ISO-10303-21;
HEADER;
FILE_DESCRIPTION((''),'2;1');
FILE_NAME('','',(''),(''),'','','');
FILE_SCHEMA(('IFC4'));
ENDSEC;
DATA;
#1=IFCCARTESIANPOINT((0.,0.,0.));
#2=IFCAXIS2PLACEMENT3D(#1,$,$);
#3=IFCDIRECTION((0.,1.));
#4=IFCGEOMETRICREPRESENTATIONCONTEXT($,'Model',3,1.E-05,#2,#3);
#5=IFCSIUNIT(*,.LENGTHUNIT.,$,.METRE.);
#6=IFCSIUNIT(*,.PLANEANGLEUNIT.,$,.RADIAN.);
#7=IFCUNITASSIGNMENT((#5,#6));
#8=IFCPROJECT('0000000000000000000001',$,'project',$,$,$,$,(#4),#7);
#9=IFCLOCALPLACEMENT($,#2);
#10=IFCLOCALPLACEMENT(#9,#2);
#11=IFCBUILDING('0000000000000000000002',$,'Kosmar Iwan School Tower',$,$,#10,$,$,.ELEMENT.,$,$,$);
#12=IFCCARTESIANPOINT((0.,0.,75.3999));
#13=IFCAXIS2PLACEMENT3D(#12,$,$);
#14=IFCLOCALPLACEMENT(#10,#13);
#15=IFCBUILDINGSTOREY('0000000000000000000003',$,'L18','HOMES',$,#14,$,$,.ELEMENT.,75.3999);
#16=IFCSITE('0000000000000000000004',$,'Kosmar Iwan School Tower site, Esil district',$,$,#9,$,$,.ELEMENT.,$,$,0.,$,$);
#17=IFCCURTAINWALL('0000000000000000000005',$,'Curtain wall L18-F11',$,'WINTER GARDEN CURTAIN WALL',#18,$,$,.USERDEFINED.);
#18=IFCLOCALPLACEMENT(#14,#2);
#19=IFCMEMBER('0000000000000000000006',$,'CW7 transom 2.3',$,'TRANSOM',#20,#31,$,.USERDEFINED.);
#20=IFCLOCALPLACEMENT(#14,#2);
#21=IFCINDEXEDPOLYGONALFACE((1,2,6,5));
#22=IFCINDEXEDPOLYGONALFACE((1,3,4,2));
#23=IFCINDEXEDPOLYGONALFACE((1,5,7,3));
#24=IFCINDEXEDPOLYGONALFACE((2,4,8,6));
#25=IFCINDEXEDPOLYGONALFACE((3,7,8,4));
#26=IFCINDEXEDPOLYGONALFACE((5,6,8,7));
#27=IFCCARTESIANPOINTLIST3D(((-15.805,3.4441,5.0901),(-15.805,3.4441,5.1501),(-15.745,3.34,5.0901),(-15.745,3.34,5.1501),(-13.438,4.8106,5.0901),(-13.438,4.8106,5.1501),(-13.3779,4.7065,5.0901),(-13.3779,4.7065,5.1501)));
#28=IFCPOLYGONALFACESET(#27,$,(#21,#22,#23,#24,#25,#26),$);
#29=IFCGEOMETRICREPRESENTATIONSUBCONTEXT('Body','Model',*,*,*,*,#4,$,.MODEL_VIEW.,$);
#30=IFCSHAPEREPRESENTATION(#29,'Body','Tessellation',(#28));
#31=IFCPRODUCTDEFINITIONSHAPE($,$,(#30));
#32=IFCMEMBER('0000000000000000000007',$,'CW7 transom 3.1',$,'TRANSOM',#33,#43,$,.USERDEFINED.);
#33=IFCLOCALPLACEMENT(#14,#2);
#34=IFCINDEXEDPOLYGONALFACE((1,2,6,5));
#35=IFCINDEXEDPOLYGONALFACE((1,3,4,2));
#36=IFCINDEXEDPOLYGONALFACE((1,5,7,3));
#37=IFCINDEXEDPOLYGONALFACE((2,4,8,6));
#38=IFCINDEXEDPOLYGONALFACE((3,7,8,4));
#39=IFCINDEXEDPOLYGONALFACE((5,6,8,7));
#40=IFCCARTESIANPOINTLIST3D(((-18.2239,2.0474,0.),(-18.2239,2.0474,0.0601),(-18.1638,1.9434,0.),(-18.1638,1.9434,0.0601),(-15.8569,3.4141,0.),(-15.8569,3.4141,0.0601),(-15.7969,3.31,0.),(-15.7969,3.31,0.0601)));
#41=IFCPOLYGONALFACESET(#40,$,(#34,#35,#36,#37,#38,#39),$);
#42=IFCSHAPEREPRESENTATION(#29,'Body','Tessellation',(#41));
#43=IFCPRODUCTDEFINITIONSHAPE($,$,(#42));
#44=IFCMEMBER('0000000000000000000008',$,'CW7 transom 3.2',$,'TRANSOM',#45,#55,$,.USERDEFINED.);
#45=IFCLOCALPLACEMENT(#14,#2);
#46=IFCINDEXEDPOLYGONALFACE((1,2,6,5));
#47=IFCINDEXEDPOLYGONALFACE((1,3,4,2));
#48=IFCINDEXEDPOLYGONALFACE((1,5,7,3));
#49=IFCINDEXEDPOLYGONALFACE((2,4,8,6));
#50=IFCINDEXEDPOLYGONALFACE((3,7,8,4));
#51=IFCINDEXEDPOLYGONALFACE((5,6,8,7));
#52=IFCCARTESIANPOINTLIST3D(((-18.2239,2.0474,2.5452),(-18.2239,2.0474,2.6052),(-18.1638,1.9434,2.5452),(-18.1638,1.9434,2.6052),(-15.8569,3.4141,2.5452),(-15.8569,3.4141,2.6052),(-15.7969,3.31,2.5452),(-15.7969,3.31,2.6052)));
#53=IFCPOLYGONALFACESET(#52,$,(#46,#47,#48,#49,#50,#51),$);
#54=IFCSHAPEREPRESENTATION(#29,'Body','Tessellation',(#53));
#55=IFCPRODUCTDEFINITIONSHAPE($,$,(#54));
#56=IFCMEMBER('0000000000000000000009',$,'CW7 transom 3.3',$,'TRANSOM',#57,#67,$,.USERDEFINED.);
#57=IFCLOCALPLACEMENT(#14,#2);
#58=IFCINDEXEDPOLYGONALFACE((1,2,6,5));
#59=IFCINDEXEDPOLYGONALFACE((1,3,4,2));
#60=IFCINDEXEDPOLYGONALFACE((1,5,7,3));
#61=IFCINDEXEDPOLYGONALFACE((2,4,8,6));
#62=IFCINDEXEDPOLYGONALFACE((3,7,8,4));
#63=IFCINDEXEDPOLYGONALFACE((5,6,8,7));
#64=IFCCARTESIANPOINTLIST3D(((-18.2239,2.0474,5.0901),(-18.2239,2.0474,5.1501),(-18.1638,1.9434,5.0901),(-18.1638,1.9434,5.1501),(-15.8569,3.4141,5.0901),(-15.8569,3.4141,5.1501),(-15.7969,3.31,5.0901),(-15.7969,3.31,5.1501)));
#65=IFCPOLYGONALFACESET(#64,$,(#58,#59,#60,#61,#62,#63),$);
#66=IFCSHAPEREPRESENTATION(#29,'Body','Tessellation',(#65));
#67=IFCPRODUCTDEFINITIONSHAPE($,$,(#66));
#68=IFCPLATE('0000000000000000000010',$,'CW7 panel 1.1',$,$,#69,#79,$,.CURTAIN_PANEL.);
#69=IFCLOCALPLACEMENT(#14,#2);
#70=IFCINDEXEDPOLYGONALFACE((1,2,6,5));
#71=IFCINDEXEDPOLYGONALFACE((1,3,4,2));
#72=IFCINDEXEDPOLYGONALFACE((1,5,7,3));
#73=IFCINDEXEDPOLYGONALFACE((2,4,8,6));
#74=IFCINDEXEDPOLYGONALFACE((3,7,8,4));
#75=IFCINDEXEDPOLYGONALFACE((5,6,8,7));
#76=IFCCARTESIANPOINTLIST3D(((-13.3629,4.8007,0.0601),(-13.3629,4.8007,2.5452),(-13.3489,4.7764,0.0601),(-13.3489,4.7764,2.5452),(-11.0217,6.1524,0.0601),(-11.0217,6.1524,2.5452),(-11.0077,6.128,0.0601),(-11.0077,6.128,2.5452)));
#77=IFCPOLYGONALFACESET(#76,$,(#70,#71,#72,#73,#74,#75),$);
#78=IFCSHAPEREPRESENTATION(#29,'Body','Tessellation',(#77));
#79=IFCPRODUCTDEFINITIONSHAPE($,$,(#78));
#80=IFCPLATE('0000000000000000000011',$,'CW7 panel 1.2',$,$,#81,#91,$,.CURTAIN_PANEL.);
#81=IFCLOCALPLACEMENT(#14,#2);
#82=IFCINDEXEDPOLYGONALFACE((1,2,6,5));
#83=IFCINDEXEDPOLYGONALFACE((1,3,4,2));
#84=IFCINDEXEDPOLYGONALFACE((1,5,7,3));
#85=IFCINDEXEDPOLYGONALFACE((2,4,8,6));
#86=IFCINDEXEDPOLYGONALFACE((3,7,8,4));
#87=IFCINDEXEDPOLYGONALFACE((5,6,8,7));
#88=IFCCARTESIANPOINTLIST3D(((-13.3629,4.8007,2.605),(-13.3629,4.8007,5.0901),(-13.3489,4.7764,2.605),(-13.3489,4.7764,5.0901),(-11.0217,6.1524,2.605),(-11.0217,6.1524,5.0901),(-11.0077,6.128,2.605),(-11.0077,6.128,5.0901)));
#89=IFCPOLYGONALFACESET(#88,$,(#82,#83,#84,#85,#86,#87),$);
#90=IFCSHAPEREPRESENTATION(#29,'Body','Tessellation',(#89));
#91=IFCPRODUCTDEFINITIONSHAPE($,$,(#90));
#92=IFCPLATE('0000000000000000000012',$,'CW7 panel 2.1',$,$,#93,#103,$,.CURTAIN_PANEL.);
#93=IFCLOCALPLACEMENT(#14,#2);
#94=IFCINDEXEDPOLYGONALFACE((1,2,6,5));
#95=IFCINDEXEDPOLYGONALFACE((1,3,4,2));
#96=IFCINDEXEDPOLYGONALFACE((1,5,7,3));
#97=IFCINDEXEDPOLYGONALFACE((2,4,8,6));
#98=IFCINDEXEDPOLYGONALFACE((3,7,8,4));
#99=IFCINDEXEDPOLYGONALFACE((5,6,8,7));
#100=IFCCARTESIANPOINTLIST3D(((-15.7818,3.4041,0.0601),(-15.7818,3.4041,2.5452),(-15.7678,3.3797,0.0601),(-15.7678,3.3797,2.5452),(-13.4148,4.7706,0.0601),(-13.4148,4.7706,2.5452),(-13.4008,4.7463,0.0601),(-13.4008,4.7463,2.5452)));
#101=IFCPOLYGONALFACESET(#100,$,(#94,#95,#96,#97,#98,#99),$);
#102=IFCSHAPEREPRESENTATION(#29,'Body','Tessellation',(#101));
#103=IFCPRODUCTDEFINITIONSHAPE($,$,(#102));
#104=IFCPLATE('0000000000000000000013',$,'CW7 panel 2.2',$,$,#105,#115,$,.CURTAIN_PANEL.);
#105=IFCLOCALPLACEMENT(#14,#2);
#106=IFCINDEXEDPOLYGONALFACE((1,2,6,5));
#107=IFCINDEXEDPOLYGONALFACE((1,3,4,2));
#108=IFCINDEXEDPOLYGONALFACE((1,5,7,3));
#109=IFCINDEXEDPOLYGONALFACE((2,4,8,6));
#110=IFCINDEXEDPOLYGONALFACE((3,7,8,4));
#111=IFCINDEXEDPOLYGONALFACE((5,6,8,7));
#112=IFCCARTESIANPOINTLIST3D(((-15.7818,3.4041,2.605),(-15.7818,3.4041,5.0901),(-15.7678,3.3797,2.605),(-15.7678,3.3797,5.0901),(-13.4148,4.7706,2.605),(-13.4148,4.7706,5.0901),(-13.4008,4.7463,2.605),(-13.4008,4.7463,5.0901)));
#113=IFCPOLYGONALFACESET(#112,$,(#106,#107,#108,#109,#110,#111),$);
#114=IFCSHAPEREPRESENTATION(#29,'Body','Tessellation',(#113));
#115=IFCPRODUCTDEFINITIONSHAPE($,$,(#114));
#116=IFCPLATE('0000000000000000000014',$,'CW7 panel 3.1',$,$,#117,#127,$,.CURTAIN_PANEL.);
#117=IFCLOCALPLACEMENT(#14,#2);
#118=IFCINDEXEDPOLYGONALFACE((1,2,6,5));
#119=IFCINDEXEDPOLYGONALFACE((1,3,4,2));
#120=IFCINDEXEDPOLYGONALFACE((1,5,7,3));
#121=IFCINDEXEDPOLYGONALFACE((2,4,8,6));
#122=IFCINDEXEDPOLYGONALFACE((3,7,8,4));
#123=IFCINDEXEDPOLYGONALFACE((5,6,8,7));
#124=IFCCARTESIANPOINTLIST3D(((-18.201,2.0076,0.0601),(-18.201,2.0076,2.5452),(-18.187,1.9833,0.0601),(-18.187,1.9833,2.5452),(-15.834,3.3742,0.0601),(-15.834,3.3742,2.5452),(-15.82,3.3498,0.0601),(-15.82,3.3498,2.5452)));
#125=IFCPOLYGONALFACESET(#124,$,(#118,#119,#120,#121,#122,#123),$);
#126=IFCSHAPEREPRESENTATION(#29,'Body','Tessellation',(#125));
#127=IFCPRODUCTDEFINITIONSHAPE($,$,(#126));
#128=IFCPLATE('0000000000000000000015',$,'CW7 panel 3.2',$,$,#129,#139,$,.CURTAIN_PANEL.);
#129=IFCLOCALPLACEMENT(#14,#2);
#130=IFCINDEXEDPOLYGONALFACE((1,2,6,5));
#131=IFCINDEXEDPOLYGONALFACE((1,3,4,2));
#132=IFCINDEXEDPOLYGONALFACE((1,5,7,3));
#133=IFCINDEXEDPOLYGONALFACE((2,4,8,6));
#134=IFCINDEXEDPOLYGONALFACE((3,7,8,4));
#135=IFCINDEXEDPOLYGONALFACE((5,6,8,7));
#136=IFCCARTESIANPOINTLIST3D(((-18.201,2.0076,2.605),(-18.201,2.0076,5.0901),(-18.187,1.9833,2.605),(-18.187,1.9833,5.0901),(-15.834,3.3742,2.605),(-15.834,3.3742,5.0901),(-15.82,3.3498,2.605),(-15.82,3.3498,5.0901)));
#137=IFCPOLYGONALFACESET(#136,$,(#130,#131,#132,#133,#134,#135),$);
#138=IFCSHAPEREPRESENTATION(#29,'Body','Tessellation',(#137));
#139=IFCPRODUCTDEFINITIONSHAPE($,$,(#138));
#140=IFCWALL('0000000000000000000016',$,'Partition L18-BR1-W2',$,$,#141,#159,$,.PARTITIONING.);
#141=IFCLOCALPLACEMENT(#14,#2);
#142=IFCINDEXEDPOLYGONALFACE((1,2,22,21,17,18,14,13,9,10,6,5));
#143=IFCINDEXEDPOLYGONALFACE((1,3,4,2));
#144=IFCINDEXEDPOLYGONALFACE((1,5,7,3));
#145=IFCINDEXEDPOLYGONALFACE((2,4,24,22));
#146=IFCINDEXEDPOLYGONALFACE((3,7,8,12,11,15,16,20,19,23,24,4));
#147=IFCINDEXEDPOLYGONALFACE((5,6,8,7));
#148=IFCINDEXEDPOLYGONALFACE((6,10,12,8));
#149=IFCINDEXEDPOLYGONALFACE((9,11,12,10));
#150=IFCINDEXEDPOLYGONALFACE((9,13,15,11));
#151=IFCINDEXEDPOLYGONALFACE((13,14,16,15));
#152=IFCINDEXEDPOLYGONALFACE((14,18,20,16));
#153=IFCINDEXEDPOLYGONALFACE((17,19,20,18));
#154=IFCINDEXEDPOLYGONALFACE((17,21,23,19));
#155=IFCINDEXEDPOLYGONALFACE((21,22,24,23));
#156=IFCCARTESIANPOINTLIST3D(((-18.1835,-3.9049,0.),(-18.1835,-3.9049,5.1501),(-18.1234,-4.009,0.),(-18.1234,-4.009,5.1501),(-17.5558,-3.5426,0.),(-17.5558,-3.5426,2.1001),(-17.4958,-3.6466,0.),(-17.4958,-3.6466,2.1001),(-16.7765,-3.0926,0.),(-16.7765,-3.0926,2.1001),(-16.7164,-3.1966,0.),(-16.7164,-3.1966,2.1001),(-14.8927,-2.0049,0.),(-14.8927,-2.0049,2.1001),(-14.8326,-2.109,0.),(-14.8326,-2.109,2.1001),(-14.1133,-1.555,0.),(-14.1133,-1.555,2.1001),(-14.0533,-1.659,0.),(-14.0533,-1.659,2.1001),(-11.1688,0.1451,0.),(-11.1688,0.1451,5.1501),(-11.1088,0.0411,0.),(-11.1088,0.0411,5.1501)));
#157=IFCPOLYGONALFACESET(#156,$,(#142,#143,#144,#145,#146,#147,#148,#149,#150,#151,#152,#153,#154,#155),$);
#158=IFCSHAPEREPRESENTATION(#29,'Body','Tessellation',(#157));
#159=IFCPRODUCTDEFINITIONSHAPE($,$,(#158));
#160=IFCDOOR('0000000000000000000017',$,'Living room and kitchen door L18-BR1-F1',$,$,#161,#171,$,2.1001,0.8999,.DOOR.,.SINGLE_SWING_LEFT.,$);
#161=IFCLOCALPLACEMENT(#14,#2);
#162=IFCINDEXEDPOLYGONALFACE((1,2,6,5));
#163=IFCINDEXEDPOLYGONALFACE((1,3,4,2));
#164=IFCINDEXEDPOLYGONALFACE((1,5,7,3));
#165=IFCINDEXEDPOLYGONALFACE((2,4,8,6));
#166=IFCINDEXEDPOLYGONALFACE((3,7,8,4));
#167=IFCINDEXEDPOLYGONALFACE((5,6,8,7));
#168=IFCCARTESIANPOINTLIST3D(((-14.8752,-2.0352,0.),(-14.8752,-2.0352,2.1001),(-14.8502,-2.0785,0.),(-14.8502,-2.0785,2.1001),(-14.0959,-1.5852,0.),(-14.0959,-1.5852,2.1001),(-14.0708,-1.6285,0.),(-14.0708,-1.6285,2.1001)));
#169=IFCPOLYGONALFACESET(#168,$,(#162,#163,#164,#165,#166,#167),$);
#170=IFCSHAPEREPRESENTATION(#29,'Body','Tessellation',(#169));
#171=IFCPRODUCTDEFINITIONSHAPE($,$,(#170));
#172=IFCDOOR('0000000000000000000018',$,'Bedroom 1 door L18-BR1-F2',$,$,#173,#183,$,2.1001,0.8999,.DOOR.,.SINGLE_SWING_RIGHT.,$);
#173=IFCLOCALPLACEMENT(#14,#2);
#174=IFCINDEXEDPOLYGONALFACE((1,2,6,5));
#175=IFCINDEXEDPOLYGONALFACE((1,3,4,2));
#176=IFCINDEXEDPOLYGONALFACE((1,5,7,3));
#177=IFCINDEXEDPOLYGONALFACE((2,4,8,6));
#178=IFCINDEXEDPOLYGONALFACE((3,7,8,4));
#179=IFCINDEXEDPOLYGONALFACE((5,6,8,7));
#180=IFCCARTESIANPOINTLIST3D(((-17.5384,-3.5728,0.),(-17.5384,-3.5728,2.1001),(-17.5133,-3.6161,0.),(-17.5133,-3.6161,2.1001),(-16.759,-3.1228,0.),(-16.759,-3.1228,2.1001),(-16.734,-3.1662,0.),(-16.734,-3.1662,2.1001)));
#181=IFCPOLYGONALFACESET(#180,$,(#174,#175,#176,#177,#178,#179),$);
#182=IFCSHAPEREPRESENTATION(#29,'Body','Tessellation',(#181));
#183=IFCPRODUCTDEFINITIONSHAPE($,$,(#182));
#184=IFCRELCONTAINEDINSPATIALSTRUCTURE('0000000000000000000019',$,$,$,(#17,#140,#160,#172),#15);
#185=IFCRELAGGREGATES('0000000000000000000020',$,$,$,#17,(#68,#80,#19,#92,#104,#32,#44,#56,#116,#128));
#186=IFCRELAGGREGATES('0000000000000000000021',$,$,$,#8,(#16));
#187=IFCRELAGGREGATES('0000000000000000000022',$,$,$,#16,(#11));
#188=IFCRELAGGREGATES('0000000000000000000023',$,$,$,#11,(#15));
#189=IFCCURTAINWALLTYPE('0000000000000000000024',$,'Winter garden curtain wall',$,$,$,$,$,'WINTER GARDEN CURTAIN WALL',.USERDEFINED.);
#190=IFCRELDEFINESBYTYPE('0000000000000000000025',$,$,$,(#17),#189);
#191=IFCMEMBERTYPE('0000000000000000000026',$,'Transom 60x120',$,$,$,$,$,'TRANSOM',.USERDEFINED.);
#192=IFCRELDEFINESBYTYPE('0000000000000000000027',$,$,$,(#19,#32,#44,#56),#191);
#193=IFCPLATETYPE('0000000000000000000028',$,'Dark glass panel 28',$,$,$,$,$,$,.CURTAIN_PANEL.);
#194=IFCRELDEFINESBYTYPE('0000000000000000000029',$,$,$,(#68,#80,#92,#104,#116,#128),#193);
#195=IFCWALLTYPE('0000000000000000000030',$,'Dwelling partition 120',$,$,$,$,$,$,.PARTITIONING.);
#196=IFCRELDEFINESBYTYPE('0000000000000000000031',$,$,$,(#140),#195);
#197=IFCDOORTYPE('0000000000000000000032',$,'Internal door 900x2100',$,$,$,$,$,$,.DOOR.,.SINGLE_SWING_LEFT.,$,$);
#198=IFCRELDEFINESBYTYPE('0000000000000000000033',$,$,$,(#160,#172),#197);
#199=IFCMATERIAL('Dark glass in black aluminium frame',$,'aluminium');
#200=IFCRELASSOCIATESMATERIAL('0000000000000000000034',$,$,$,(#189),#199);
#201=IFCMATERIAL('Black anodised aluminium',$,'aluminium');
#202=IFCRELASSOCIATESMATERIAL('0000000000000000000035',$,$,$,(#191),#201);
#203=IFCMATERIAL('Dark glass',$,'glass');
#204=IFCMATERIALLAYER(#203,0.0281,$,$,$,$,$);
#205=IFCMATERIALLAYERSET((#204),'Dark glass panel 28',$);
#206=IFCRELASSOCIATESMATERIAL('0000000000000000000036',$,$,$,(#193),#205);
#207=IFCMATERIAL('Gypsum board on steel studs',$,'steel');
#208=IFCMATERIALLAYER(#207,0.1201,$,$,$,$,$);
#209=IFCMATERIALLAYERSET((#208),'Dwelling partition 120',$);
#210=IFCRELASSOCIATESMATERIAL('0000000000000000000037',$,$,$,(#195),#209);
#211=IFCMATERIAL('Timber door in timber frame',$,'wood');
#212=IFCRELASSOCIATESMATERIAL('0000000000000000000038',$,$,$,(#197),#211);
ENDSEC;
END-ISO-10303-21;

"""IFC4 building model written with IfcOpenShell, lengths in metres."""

from ifc_helpers import new_model, si_unit, direction, frame, frame_2d, origin, origin_2d, place, context, subcontext, project, spatial, rectangle, extrude, material, layer, layer_set, material_profile, profile_set, type_object, element, fill, aggregate, save


model = new_model("IFC4")

# Units and contexts
model_context = context("Model", 3, precision=1e-05, world=origin(), true_north=direction((0.0, 1.0)))
body_context = subcontext(model_context, "Body", "Model", "MODEL_VIEW")
ifc_project = project(units=[si_unit("LENGTHUNIT", "METRE"), si_unit("PLANEANGLEUNIT", "RADIAN")], contexts=[model_context])

# Site, building, storey
site_placement = place(None, origin())
site = spatial("IfcSite", under=ifc_project, at=site_placement, Name="Kosmar Iwan School Tower site, Esil district", CompositionType="ELEMENT", RefElevation=0.0)
building_placement = place(site_placement, origin())
building = spatial("IfcBuilding", under=site, at=building_placement, Name="Kosmar Iwan School Tower", CompositionType="ELEMENT")
storey_placement = place(building_placement, frame((0.0, 0.0, 75.3999)))
storey = spatial("IfcBuildingStorey", under=building, at=storey_placement, Name="L18", Description="HOMES", CompositionType="ELEMENT", Elevation=75.3999)

# Curtain wall
ifc_material_1 = material(Name="Dark glass in black aluminium frame", Category="aluminium")
curtain_wall_type = type_object("IfcCurtainWallType", Name="Winter garden curtain wall", ElementType="WINTER GARDEN CURTAIN WALL", PredefinedType="USERDEFINED", material=ifc_material_1)
curtain_wall_placement = place(storey_placement, origin())
curtain_wall = element("IfcCurtainWall", 1, at=curtain_wall_placement, inside=storey, type_object=curtain_wall_type, Name="Curtain wall L18-F11", ObjectType="WINTER GARDEN CURTAIN WALL", PredefinedType="USERDEFINED")

# Members
ifc_material_2 = material(Name="Black anodised aluminium", Category="aluminium")
ifc_material_profile_1 = material_profile(ifc_material_2, rectangle(XDim=0.1201, YDim=0.0601, at=origin_2d()), Name="TRANSOM 60x120")
ifc_profile_set_1 = profile_set([ifc_material_profile_1], Name="Black anodised aluminium")
member_type_1 = type_object("IfcMemberType", Name="Transom 60x120", ElementType="TRANSOM", PredefinedType="USERDEFINED", material=ifc_profile_set_1)
member_1_placement = place(storey_placement, frame((-13.408, 4.7585, 5.1201), z_axis=(-0.866041, -0.499972, 0.0), x_axis=(0.499972, -0.866041, 0.0)))
member_1 = element("IfcMember", 2, at=member_1_placement, type_object=member_type_1, Name="CW7 transom 2.3", ObjectType="TRANSOM", PredefinedType="USERDEFINED", context=body_context, shape_type="SweptSolid", body=[
    extrude(rectangle(XDim=0.1201, YDim=0.0601, at=origin_2d()), origin(), (0.0, 0.0, 1.0), 2.7332),
])
member_2_placement = place(storey_placement, frame((-15.8269, 3.3621, 0.03), z_axis=(-0.866003, -0.500039, 0.0), x_axis=(0.500039, -0.866003, 0.0)))
member_2 = element("IfcMember", 3, at=member_2_placement, type_object=member_type_1, Name="CW7 transom 3.1", ObjectType="TRANSOM", PredefinedType="USERDEFINED", context=body_context, shape_type="SweptSolid", body=[
    extrude(rectangle(XDim=0.1201, YDim=0.0601, at=origin_2d()), origin(), (0.0, 0.0, 1.0), 2.7332),
])
member_3_placement = place(storey_placement, frame((-15.8269, 3.3621, 2.5752), z_axis=(-0.866003, -0.500039, 0.0), x_axis=(0.500039, -0.866003, 0.0)))
member_3 = element("IfcMember", 4, at=member_3_placement, type_object=member_type_1, Name="CW7 transom 3.2", ObjectType="TRANSOM", PredefinedType="USERDEFINED", context=body_context, shape_type="SweptSolid", body=[
    extrude(rectangle(XDim=0.1201, YDim=0.0601, at=origin_2d()), origin(), (0.0, 0.0, 1.0), 2.7332),
])
member_4_placement = place(storey_placement, frame((-15.8269, 3.3621, 5.1201), z_axis=(-0.866003, -0.500039, 0.0), x_axis=(0.500039, -0.866003, 0.0)))
member_4 = element("IfcMember", 5, at=member_4_placement, type_object=member_type_1, Name="CW7 transom 3.3", ObjectType="TRANSOM", PredefinedType="USERDEFINED", context=body_context, shape_type="SweptSolid", body=[
    extrude(rectangle(XDim=0.1201, YDim=0.0601, at=origin_2d()), origin(), (0.0, 0.0, 1.0), 2.7332),
])

# Plates
ifc_material_3 = material(Name="Dark glass", Category="glass")
ifc_layer_1 = layer(ifc_material_3, 0.0281)
ifc_layer_set_1 = layer_set([ifc_layer_1], Name="Dark glass panel 28")
plate_type = type_object("IfcPlateType", Name="Dark glass panel 28", PredefinedType="CURTAIN_PANEL", material=ifc_layer_set_1)
plate_1_placement = place(storey_placement, frame((-12.1853, 5.4644, 0.0601), z_axis=(0.0, 0.0, 1.0), x_axis=(-0.866025, -0.5, 0.0)))
plate_1 = element("IfcPlate", 6, at=plate_1_placement, type_object=plate_type, Name="CW7 panel 1.1", PredefinedType="CURTAIN_PANEL", context=body_context, shape_type="SweptSolid", body=[
    extrude(rectangle(XDim=2.7034, YDim=0.0281, at=origin_2d()), origin(), (0.0, 0.0, 1.0), 2.4851),
])
plate_2_placement = place(storey_placement, frame((-12.1853, 5.4644, 2.605), z_axis=(0.0, 0.0, 1.0), x_axis=(-0.866025, -0.5, 0.0)))
plate_2 = element("IfcPlate", 7, at=plate_2_placement, type_object=plate_type, Name="CW7 panel 1.2", PredefinedType="CURTAIN_PANEL", context=body_context, shape_type="SweptSolid", body=[
    extrude(rectangle(XDim=2.7034, YDim=0.0281, at=origin_2d()), origin(), (0.0, 0.0, 1.0), 2.4851),
])
plate_3_placement = place(storey_placement, frame((-14.5913, 4.0752, 0.0601), z_axis=(0.0, 0.0, 1.0), x_axis=(-0.866025, -0.5, 0.0)))
plate_3 = element("IfcPlate", 8, at=plate_3_placement, type_object=plate_type, Name="CW7 panel 2.1", PredefinedType="CURTAIN_PANEL", context=body_context, shape_type="SweptSolid", body=[
    extrude(rectangle(XDim=2.7332, YDim=0.0281, at=origin_2d()), origin(), (0.0, 0.0, 1.0), 2.4851),
])
plate_4_placement = place(storey_placement, frame((-14.5913, 4.0752, 2.605), z_axis=(0.0, 0.0, 1.0), x_axis=(-0.866025, -0.5, 0.0)))
plate_4 = element("IfcPlate", 9, at=plate_4_placement, type_object=plate_type, Name="CW7 panel 2.2", PredefinedType="CURTAIN_PANEL", context=body_context, shape_type="SweptSolid", body=[
    extrude(rectangle(XDim=2.7332, YDim=0.0281, at=origin_2d()), origin(), (0.0, 0.0, 1.0), 2.4851),
])
plate_5_placement = place(storey_placement, frame((-17.0105, 2.6787, 0.0601), z_axis=(0.0, 0.0, 1.0), x_axis=(-0.866025, -0.5, 0.0)))
plate_5 = element("IfcPlate", 10, at=plate_5_placement, type_object=plate_type, Name="CW7 panel 3.1", PredefinedType="CURTAIN_PANEL", context=body_context, shape_type="SweptSolid", body=[
    extrude(rectangle(XDim=2.7332, YDim=0.0281, at=origin_2d()), origin(), (0.0, 0.0, 1.0), 2.4851),
])
plate_6_placement = place(storey_placement, frame((-17.0105, 2.6787, 2.605), z_axis=(0.0, 0.0, 1.0), x_axis=(-0.866025, -0.5, 0.0)))
plate_6 = element("IfcPlate", 11, at=plate_6_placement, type_object=plate_type, Name="CW7 panel 3.2", PredefinedType="CURTAIN_PANEL", context=body_context, shape_type="SweptSolid", body=[
    extrude(rectangle(XDim=2.7332, YDim=0.0281, at=origin_2d()), origin(), (0.0, 0.0, 1.0), 2.4851),
])
aggregate(curtain_wall, [plate_1, plate_2, member_1, plate_3, plate_4, member_2, member_3, member_4, plate_5, plate_6])

# Wall, openings, doors
ifc_material_4 = material(Name="Gypsum board on steel studs", Category="steel")
ifc_layer_2 = layer(ifc_material_4, 0.1201)
ifc_layer_set_2 = layer_set([ifc_layer_2], Name="Dwelling partition 120")
wall_type = type_object("IfcWallType", Name="Dwelling partition 120", PredefinedType="PARTITIONING", material=ifc_layer_set_2)
wall_1_placement = place(storey_placement, frame((-11.1389, 0.093, 0.0), z_axis=(0.0, 0.0, 1.0), x_axis=(-0.866018, -0.500013, 0.0)))
wall_1 = element("IfcWall", 12, at=wall_1_placement, inside=storey, type_object=wall_type, Name="Partition L18-BR1-W2", PredefinedType="PARTITIONING", context=body_context, shape_type="SweptSolid", body=[
    extrude(rectangle(XDim=8.0999, YDim=0.1201, at=frame_2d((4.0498, 0.0))), origin(), (0.0, 0.0, 1.0), 5.1501),
])
opening_1_placement = place(wall_1_placement, frame((3.3999, 0.0, 0.0)))
opening_1 = element("IfcOpeningElement", 13, at=opening_1_placement, cuts=wall_1, PredefinedType="OPENING", context=body_context, shape_type="SweptSolid", body=[
    extrude(rectangle(XDim=0.8999, YDim=2.1001, at=frame_2d((0.45, 1.05))), frame((0.0, 0.072, 0.0), z_axis=(0.0, -1.0, 0.0), x_axis=(1.0, 0.0, 0.0)), (0.0, 0.0, 1.0), 0.144),
])
opening_2_placement = place(wall_1_placement, frame((6.4751, 0.0, 0.0)))
opening_2 = element("IfcOpeningElement", 14, at=opening_2_placement, cuts=wall_1, PredefinedType="OPENING", context=body_context, shape_type="SweptSolid", body=[
    extrude(rectangle(XDim=0.8999, YDim=2.1001, at=frame_2d((0.45, 1.05))), frame((0.0, 0.072, 0.0), z_axis=(0.0, -1.0, 0.0), x_axis=(1.0, 0.0, 0.0)), (0.0, 0.0, 1.0), 0.144),
])
ifc_material_5 = material(Name="Timber door in timber frame", Category="wood")
door_type = type_object("IfcDoorType", Name="Internal door 900x2100", OperationType="SINGLE_SWING_LEFT", PredefinedType="DOOR", material=ifc_material_5)
door_1_placement = place(opening_1_placement, origin())
door_1 = element("IfcDoor", 15, at=door_1_placement, inside=storey, type_object=door_type, Name="Living room and kitchen door L18-BR1-F1", OperationType="SINGLE_SWING_LEFT", OverallHeight=2.1001, OverallWidth=0.8999, PredefinedType="DOOR", context=body_context, shape_type="SweptSolid", body=[
    extrude(rectangle(XDim=0.8999, YDim=2.1001, at=frame_2d((0.45, 1.05))), frame((0.0, 0.0249, 0.0), z_axis=(0.0, -1.0, 0.0), x_axis=(1.0, 0.0, 0.0)), (0.0, 0.0, 1.0), 0.05),
])
fill(opening_1, door_1)
door_2_placement = place(opening_2_placement, origin())
door_2 = element("IfcDoor", 16, at=door_2_placement, inside=storey, type_object=door_type, Name="Bedroom 1 door L18-BR1-F2", OperationType="SINGLE_SWING_RIGHT", OverallHeight=2.1001, OverallWidth=0.8999, PredefinedType="DOOR", context=body_context, shape_type="SweptSolid", body=[
    extrude(rectangle(XDim=0.8999, YDim=2.1001, at=frame_2d((0.45, 1.05))), frame((0.0, 0.0249, 0.0), z_axis=(0.0, -1.0, 0.0), x_axis=(1.0, 0.0, 0.0)), (0.0, 0.0, 1.0), 0.05),
])
fill(opening_2, door_2)

save(model, "model.ifc")
